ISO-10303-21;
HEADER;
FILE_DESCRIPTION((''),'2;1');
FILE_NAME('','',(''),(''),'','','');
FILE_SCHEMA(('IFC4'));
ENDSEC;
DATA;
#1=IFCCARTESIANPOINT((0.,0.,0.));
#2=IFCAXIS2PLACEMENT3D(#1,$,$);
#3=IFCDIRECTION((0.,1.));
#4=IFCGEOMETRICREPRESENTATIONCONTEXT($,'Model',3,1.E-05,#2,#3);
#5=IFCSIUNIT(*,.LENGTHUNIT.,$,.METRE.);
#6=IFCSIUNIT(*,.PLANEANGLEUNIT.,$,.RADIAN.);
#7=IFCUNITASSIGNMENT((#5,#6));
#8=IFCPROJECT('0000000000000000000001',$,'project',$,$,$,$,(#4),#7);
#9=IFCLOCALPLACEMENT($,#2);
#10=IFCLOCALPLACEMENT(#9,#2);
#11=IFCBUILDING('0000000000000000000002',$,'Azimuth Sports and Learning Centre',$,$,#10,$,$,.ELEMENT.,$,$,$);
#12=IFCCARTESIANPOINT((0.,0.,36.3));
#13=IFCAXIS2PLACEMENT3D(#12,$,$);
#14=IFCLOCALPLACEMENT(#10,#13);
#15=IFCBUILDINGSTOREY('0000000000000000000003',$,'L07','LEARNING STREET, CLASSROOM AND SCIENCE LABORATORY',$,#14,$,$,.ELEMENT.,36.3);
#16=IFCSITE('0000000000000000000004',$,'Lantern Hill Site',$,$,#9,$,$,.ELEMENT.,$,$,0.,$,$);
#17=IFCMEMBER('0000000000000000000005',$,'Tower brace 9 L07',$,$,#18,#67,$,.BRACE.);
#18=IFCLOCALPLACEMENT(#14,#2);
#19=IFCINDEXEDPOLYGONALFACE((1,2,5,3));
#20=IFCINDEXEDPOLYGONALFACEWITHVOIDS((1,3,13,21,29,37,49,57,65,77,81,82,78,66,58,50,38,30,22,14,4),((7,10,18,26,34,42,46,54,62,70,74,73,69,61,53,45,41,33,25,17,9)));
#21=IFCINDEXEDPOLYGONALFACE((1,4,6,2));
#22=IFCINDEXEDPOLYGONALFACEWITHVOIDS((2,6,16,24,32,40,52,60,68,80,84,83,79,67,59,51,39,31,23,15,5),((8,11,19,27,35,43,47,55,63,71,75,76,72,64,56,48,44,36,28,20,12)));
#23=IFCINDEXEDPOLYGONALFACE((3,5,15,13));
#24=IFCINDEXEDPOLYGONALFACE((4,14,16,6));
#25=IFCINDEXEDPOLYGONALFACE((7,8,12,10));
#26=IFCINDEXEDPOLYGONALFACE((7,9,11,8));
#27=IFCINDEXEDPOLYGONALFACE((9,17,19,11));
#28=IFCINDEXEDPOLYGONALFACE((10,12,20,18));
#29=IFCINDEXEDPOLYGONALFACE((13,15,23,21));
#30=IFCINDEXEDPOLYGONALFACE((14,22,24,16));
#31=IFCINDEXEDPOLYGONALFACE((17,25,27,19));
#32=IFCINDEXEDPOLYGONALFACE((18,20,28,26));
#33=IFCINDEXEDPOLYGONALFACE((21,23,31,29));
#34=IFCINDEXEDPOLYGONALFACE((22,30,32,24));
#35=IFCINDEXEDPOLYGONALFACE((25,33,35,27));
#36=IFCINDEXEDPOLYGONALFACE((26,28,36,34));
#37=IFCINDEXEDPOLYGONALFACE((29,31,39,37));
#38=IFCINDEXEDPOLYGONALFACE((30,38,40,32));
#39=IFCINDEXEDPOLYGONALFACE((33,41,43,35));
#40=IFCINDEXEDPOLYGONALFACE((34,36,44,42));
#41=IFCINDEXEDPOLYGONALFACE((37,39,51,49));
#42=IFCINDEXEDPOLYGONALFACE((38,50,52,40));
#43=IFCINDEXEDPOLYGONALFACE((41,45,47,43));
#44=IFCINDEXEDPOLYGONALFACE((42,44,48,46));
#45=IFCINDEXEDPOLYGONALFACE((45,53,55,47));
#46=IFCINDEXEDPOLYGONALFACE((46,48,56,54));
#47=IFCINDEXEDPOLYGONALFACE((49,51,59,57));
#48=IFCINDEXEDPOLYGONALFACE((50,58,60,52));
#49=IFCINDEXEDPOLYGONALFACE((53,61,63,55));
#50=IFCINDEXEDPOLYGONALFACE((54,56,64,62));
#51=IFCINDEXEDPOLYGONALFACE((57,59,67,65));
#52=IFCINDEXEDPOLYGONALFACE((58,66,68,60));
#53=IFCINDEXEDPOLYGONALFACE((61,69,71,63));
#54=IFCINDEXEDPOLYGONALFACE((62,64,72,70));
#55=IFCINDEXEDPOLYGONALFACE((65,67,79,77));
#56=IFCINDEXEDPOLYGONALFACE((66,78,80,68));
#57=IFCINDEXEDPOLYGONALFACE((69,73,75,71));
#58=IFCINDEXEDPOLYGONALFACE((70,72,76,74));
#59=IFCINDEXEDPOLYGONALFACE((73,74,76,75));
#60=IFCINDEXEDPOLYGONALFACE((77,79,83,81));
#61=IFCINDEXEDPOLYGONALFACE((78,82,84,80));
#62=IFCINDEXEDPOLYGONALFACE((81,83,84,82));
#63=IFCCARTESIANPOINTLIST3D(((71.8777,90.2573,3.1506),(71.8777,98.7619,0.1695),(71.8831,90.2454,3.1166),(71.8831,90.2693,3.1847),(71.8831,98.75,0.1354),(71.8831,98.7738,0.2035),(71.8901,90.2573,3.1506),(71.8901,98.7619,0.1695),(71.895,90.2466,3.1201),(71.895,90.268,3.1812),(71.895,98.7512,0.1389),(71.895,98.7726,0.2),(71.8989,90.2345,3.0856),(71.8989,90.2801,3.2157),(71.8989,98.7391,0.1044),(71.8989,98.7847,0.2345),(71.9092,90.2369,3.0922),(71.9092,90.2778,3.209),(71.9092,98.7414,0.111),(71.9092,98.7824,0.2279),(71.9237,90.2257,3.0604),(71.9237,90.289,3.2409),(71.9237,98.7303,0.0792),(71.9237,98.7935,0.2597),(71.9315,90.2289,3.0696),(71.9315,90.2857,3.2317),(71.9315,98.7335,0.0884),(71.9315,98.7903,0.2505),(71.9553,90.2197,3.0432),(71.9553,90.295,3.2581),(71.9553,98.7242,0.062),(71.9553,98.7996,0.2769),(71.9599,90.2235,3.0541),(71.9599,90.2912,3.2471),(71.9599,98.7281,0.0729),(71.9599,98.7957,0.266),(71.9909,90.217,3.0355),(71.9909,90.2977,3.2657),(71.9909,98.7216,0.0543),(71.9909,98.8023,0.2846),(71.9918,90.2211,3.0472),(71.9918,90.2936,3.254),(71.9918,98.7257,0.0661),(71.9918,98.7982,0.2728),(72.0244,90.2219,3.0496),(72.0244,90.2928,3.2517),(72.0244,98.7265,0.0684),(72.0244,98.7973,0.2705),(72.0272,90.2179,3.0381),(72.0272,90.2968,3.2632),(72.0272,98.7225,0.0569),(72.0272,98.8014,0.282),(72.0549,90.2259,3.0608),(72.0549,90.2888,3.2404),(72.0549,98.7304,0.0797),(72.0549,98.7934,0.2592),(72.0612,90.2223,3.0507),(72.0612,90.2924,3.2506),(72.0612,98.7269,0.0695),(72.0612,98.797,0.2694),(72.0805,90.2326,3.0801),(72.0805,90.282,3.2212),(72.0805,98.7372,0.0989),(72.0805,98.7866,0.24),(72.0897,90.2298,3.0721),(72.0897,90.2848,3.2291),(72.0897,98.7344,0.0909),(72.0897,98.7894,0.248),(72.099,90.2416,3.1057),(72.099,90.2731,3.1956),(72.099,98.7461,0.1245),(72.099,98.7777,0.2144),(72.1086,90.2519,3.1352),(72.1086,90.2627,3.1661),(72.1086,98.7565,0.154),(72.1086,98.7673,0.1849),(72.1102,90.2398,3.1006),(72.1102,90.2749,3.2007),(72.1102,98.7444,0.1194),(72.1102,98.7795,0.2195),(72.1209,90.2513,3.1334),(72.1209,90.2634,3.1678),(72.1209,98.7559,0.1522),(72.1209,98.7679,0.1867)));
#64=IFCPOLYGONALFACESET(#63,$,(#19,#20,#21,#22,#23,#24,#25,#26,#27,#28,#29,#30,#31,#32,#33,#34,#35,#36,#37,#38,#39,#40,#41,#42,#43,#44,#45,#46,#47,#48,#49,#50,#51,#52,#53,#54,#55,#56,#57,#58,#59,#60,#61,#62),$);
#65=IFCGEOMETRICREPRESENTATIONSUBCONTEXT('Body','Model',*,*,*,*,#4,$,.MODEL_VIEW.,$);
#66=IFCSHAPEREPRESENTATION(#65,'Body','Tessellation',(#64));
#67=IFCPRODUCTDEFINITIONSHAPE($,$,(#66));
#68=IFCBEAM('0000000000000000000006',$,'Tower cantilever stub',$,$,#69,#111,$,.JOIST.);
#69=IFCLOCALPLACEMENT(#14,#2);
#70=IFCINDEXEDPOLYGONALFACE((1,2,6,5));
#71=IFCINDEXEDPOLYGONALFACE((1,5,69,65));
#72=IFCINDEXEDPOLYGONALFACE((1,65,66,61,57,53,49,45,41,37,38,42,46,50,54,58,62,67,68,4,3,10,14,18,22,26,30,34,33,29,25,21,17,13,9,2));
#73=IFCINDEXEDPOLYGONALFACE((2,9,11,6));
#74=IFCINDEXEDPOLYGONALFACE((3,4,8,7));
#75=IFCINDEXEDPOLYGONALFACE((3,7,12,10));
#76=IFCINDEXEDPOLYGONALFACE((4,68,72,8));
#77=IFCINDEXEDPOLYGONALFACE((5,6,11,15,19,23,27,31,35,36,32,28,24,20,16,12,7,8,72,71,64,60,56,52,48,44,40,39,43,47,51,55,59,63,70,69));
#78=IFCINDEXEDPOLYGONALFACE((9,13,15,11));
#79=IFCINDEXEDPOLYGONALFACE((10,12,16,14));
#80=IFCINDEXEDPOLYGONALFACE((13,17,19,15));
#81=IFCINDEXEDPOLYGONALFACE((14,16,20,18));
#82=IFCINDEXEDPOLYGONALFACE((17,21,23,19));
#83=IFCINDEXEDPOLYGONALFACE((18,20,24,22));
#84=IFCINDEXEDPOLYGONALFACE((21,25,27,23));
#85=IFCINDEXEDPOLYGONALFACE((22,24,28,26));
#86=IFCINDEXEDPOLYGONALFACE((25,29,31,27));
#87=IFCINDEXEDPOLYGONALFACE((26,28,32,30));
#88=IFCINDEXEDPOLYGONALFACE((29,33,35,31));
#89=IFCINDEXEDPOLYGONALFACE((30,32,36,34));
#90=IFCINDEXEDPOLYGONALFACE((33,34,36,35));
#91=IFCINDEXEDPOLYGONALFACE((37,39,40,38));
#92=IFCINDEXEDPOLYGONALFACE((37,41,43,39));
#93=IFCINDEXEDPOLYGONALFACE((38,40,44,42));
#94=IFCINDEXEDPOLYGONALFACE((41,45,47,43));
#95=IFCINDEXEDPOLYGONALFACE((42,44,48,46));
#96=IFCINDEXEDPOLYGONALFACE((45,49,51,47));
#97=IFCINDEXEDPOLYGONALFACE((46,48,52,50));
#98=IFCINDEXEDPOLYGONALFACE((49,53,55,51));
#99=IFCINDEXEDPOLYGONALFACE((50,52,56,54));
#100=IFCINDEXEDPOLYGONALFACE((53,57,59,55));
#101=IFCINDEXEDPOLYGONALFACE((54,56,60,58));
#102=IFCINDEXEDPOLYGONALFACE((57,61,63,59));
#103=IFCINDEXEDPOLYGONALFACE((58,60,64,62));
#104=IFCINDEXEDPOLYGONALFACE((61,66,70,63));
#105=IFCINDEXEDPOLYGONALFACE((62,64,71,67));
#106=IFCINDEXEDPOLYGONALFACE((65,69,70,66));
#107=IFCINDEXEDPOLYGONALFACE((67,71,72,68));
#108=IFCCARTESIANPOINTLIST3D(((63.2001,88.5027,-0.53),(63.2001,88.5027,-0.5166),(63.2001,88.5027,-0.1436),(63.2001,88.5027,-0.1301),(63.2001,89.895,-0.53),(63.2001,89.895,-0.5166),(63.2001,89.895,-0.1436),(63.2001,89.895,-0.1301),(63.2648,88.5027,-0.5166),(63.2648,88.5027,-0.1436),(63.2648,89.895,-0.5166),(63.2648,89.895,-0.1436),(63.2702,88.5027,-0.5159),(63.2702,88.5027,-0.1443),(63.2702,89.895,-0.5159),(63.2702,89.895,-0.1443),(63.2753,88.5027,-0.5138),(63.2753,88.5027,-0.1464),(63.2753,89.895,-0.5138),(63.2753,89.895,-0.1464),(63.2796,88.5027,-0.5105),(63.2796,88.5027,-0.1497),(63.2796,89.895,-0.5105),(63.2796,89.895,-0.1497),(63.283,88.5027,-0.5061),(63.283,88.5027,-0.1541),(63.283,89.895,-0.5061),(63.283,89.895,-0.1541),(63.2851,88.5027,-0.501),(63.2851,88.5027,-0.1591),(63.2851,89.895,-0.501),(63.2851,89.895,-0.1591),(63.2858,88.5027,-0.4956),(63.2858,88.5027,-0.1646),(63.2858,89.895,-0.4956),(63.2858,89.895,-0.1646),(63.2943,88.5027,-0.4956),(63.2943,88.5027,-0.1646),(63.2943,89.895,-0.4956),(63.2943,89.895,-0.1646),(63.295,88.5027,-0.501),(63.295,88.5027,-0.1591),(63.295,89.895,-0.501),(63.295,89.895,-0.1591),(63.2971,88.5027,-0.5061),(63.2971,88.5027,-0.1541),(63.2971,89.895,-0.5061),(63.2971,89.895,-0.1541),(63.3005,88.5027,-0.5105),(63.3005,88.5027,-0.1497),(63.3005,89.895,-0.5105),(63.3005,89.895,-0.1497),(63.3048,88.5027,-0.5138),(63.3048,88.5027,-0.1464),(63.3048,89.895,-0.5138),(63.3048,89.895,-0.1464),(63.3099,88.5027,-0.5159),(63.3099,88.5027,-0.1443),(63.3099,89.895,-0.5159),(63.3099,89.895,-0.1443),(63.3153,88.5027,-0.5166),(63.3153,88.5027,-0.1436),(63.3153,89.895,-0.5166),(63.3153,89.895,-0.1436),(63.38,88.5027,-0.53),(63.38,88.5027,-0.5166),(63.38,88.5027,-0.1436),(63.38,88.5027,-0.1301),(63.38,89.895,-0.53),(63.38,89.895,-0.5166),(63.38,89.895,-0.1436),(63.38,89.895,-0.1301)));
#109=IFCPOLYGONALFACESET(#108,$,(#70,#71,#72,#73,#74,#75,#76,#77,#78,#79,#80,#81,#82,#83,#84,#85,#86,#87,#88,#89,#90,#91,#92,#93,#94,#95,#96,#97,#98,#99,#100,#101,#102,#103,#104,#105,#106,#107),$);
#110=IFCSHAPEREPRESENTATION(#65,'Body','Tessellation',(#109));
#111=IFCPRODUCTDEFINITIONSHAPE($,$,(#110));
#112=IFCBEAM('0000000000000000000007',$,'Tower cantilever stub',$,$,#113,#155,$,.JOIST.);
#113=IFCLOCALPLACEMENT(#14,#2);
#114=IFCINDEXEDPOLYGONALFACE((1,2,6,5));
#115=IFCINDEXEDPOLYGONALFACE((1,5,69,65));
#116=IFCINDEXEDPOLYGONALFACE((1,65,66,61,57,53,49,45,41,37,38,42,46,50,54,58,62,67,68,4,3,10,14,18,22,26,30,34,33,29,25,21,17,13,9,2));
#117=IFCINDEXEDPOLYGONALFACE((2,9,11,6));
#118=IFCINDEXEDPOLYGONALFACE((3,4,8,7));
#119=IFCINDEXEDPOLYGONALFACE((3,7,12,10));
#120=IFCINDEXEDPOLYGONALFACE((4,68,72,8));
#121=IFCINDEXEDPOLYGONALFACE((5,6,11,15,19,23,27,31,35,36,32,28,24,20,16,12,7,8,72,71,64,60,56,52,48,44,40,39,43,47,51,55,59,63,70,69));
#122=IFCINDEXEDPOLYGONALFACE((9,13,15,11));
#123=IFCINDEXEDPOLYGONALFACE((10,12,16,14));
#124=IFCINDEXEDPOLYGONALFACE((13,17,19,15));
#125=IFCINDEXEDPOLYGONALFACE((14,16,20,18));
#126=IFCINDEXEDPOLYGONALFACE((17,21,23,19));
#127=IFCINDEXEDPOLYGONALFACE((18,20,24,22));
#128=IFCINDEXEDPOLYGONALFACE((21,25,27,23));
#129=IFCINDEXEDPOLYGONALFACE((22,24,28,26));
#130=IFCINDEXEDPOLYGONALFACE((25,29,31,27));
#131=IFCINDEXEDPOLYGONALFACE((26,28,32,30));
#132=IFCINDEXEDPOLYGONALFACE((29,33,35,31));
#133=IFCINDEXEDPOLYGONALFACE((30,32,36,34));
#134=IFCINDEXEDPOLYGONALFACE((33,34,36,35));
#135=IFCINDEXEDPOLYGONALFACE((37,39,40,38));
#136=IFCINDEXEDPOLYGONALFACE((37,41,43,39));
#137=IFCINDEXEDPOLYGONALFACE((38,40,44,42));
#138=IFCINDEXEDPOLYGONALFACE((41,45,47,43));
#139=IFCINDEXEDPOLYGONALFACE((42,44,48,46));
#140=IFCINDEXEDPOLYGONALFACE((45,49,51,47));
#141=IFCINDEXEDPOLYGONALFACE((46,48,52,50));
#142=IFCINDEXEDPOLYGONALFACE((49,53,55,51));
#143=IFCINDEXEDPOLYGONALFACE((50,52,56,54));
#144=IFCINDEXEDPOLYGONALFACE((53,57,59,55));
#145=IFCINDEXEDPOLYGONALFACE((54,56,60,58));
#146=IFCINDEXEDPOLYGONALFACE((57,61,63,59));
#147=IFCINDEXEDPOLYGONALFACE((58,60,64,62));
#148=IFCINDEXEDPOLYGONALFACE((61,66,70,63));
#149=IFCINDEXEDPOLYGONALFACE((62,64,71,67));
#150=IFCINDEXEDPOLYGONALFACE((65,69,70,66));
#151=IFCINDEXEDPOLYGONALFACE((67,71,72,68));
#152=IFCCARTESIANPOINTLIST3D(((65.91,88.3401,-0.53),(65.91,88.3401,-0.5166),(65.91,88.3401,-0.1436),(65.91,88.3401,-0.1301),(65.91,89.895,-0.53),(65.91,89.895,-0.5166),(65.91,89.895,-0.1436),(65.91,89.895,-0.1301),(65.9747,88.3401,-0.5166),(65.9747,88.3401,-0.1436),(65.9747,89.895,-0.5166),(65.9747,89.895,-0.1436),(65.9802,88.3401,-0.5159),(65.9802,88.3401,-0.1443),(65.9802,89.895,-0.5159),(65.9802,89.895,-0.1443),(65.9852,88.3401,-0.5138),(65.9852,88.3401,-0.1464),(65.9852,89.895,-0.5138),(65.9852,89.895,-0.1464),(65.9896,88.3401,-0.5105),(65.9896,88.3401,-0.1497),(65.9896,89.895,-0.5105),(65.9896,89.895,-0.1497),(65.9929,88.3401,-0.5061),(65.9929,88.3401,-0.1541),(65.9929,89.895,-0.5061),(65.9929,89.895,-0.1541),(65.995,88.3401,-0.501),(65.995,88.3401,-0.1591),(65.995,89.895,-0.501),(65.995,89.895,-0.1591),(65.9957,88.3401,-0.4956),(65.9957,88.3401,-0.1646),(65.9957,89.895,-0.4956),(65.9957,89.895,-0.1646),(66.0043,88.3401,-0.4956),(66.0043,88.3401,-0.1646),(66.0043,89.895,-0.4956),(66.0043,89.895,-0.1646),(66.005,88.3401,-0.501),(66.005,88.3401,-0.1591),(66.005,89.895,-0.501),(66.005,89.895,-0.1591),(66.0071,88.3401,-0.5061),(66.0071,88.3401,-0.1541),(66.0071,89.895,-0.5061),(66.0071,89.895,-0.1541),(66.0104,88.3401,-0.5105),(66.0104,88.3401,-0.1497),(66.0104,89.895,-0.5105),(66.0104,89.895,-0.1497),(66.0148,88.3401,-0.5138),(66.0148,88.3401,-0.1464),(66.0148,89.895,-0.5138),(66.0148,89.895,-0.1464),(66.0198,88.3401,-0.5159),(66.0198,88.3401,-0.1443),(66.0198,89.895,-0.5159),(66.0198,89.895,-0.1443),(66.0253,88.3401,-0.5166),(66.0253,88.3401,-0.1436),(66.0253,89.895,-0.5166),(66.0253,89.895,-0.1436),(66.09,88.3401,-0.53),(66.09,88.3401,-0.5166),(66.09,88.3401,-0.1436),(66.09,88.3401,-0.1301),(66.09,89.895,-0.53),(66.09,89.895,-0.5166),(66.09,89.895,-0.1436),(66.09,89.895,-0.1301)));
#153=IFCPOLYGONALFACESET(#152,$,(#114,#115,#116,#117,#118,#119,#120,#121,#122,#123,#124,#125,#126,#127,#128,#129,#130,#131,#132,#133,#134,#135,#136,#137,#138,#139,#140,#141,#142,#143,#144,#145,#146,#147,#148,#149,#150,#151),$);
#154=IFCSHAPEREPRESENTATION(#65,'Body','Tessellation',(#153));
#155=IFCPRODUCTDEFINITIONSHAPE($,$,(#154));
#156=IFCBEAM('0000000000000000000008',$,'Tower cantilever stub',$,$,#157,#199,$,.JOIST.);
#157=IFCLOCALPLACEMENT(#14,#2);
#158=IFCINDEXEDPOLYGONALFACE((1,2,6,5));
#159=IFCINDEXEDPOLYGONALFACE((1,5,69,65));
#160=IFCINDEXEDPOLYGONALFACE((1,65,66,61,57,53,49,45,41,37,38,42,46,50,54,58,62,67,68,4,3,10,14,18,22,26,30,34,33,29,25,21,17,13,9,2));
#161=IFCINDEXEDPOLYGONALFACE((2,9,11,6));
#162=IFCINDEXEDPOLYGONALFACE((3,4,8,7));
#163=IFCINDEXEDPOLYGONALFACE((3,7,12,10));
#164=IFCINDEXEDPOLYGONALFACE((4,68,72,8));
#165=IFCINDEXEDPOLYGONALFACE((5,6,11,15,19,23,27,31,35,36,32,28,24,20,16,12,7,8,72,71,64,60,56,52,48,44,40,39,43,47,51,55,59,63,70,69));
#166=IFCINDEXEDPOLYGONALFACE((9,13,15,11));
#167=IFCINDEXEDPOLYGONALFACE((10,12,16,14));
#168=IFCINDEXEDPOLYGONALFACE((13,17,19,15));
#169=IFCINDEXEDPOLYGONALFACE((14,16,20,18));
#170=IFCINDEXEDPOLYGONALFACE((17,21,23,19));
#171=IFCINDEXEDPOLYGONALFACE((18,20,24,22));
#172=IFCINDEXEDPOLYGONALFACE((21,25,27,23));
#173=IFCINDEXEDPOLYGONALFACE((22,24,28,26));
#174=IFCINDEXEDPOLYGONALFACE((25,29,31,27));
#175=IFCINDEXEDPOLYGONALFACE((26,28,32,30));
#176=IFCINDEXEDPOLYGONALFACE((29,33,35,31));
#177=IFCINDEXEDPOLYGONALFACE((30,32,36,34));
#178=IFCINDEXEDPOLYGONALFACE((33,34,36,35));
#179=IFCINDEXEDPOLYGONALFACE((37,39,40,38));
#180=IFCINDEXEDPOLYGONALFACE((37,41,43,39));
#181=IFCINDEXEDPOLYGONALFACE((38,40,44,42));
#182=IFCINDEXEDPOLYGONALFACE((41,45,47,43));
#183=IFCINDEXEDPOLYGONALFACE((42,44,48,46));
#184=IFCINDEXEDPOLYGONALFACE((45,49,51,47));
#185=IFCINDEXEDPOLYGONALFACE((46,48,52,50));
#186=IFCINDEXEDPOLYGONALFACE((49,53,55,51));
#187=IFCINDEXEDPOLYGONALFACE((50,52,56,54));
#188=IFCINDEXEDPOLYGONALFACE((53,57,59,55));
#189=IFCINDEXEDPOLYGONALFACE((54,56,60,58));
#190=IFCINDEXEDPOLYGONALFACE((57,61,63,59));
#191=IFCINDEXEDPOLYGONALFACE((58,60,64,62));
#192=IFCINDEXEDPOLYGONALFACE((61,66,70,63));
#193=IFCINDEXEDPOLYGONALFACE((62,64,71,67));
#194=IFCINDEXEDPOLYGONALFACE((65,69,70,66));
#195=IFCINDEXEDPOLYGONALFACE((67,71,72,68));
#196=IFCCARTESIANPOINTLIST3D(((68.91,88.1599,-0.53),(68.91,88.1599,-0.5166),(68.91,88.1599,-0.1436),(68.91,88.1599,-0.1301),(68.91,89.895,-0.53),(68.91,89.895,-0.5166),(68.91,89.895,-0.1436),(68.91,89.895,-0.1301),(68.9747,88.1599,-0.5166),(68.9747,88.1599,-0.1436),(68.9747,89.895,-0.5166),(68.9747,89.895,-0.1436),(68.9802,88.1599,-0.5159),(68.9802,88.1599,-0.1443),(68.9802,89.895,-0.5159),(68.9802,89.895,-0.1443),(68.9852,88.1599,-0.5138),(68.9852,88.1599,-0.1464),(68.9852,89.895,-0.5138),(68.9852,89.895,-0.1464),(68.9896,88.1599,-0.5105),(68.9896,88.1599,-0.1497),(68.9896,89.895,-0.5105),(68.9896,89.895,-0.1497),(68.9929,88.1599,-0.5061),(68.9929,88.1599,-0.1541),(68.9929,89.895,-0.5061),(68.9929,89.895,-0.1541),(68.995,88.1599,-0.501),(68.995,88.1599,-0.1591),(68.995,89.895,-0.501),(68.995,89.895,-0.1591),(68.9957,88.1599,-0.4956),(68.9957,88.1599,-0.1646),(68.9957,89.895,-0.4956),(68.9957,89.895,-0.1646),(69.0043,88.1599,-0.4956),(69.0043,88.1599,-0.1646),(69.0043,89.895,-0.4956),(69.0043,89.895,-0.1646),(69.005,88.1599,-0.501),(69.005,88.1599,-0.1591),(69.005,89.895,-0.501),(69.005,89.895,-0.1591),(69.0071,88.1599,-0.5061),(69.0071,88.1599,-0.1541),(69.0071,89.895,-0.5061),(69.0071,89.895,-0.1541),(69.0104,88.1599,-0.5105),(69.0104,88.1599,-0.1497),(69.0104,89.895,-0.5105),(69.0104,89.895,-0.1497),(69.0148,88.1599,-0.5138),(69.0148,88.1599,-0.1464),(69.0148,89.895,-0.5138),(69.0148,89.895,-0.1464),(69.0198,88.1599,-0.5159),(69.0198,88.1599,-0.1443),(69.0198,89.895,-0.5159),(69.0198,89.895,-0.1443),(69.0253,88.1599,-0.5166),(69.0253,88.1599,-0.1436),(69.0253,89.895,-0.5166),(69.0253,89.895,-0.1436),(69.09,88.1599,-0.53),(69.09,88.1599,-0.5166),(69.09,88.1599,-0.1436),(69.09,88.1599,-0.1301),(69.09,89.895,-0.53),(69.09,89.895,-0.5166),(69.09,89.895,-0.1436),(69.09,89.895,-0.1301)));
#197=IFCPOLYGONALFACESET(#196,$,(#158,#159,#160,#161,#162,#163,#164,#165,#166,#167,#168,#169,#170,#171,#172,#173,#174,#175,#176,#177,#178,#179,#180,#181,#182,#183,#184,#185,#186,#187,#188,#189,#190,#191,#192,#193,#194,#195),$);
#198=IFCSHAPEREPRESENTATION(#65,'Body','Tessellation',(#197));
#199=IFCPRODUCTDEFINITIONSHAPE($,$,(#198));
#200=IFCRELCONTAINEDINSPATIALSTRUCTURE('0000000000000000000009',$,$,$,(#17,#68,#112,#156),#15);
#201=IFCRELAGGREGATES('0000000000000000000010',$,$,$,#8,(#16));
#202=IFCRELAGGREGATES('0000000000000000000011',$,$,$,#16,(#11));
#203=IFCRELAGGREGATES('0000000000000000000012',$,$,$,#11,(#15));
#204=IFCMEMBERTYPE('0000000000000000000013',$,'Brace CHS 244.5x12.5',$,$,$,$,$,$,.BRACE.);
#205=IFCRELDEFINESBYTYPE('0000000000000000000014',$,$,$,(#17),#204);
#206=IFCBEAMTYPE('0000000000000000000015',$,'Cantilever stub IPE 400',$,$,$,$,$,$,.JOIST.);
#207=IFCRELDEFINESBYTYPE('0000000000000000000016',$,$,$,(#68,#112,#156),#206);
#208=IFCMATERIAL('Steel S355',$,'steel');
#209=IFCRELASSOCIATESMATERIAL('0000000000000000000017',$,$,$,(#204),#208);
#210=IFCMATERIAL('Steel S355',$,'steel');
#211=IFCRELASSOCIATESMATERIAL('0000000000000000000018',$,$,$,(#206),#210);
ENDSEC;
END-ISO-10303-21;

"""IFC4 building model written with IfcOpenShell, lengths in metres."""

from ifc_helpers import new_model, si_unit, direction, frame, origin, origin_2d, place, context, subcontext, project, spatial, hollow_circle, i_section, extrude, material, material_profile, profile_set, type_object, element, save


model = new_model("IFC4")

# Units and contexts
model_context = context("Model", 3, precision=1e-05, world=origin(), true_north=direction((0.0, 1.0)))
body_context = subcontext(model_context, "Body", "Model", "MODEL_VIEW")
ifc_project = project(units=[si_unit("LENGTHUNIT", "METRE"), si_unit("PLANEANGLEUNIT", "RADIAN")], contexts=[model_context])

# Site, building, storey
site_placement = place(None, origin())
site = spatial("IfcSite", under=ifc_project, at=site_placement, Name="Lantern Hill Site", CompositionType="ELEMENT", RefElevation=0.0)
building_placement = place(site_placement, origin())
building = spatial("IfcBuilding", under=site, at=building_placement, Name="Azimuth Sports and Learning Centre", CompositionType="ELEMENT")
storey_placement = place(building_placement, frame((0.0, 0.0, 36.3)))
storey = spatial("IfcBuildingStorey", under=building, at=storey_placement, Name="L07", Description="LEARNING STREET, CLASSROOM AND SCIENCE LABORATORY", CompositionType="ELEMENT", Elevation=36.3)

# Member
ifc_material_1 = material(Name="Steel S355", Category="steel")
ifc_material_profile_1 = material_profile(ifc_material_1, hollow_circle(Radius=0.1223, WallThickness=0.0125, at=origin_2d()), Name="CHS 244.5x12.5")
ifc_profile_set_1 = profile_set([ifc_material_profile_1], Name="Steel S355")
member_type_1 = type_object("IfcMemberType", Name="Brace CHS 244.5x12.5", PredefinedType="BRACE", material=ifc_profile_set_1)
member_1_placement = place(storey_placement, frame((72.0, 90.2573, 3.1506), z_axis=(0.0, 0.9437, -0.330803), x_axis=(-1.0, 0.0, 0.0)))
element("IfcMember", 1, at=member_1_placement, inside=storey, type_object=member_type_1, Name="Tower brace 9 L07", PredefinedType="BRACE", context=body_context, shape_type="SweptSolid", body=[
    extrude(hollow_circle(Radius=0.1223, WallThickness=0.0125, at=origin_2d()), origin(), (0.0, 0.0, 1.0), 9.012),
])

# Beams
ifc_material_2 = material(Name="Steel S355", Category="steel")
ifc_material_profile_2 = material_profile(ifc_material_2, i_section(OverallWidth=0.1799, OverallDepth=0.3999, WebThickness=0.0085, FlangeThickness=0.0134, FilletRadius=0.021, at=origin_2d()), Name="IPE 400")
ifc_profile_set_2 = profile_set([ifc_material_profile_2], Name="Steel S355")
beam_type_1 = type_object("IfcBeamType", Name="Cantilever stub IPE 400", PredefinedType="JOIST", material=ifc_profile_set_2)
beam_1_placement = place(storey_placement, frame((63.29, 89.895, -0.3301), z_axis=(0.0, -1.0, 0.0), x_axis=(1.0, 0.0, 0.0)))
element("IfcBeam", 2, at=beam_1_placement, inside=storey, type_object=beam_type_1, Name="Tower cantilever stub", PredefinedType="JOIST", context=body_context, shape_type="SweptSolid", body=[
    extrude(i_section(OverallWidth=0.1799, OverallDepth=0.3999, WebThickness=0.0085, FlangeThickness=0.0134, FilletRadius=0.021, at=origin_2d()), origin(), (0.0, 0.0, 1.0), 1.3923),
])
beam_2_placement = place(storey_placement, frame((66.0, 89.895, -0.3301), z_axis=(0.0, -1.0, 0.0), x_axis=(1.0, 0.0, 0.0)))
element("IfcBeam", 3, at=beam_2_placement, inside=storey, type_object=beam_type_1, Name="Tower cantilever stub", PredefinedType="JOIST", context=body_context, shape_type="SweptSolid", body=[
    extrude(i_section(OverallWidth=0.1799, OverallDepth=0.3999, WebThickness=0.0085, FlangeThickness=0.0134, FilletRadius=0.021, at=origin_2d()), origin(), (0.0, 0.0, 1.0), 1.5549),
])
beam_3_placement = place(storey_placement, frame((69.0, 89.895, -0.3301), z_axis=(0.0, -1.0, 0.0), x_axis=(1.0, 0.0, 0.0)))
element("IfcBeam", 4, at=beam_3_placement, inside=storey, type_object=beam_type_1, Name="Tower cantilever stub", PredefinedType="JOIST", context=body_context, shape_type="SweptSolid", body=[
    extrude(i_section(OverallWidth=0.1799, OverallDepth=0.3999, WebThickness=0.0085, FlangeThickness=0.0134, FilletRadius=0.021, at=origin_2d()), origin(), (0.0, 0.0, 1.0), 1.7351),
])

save(model, "model.ifc")
